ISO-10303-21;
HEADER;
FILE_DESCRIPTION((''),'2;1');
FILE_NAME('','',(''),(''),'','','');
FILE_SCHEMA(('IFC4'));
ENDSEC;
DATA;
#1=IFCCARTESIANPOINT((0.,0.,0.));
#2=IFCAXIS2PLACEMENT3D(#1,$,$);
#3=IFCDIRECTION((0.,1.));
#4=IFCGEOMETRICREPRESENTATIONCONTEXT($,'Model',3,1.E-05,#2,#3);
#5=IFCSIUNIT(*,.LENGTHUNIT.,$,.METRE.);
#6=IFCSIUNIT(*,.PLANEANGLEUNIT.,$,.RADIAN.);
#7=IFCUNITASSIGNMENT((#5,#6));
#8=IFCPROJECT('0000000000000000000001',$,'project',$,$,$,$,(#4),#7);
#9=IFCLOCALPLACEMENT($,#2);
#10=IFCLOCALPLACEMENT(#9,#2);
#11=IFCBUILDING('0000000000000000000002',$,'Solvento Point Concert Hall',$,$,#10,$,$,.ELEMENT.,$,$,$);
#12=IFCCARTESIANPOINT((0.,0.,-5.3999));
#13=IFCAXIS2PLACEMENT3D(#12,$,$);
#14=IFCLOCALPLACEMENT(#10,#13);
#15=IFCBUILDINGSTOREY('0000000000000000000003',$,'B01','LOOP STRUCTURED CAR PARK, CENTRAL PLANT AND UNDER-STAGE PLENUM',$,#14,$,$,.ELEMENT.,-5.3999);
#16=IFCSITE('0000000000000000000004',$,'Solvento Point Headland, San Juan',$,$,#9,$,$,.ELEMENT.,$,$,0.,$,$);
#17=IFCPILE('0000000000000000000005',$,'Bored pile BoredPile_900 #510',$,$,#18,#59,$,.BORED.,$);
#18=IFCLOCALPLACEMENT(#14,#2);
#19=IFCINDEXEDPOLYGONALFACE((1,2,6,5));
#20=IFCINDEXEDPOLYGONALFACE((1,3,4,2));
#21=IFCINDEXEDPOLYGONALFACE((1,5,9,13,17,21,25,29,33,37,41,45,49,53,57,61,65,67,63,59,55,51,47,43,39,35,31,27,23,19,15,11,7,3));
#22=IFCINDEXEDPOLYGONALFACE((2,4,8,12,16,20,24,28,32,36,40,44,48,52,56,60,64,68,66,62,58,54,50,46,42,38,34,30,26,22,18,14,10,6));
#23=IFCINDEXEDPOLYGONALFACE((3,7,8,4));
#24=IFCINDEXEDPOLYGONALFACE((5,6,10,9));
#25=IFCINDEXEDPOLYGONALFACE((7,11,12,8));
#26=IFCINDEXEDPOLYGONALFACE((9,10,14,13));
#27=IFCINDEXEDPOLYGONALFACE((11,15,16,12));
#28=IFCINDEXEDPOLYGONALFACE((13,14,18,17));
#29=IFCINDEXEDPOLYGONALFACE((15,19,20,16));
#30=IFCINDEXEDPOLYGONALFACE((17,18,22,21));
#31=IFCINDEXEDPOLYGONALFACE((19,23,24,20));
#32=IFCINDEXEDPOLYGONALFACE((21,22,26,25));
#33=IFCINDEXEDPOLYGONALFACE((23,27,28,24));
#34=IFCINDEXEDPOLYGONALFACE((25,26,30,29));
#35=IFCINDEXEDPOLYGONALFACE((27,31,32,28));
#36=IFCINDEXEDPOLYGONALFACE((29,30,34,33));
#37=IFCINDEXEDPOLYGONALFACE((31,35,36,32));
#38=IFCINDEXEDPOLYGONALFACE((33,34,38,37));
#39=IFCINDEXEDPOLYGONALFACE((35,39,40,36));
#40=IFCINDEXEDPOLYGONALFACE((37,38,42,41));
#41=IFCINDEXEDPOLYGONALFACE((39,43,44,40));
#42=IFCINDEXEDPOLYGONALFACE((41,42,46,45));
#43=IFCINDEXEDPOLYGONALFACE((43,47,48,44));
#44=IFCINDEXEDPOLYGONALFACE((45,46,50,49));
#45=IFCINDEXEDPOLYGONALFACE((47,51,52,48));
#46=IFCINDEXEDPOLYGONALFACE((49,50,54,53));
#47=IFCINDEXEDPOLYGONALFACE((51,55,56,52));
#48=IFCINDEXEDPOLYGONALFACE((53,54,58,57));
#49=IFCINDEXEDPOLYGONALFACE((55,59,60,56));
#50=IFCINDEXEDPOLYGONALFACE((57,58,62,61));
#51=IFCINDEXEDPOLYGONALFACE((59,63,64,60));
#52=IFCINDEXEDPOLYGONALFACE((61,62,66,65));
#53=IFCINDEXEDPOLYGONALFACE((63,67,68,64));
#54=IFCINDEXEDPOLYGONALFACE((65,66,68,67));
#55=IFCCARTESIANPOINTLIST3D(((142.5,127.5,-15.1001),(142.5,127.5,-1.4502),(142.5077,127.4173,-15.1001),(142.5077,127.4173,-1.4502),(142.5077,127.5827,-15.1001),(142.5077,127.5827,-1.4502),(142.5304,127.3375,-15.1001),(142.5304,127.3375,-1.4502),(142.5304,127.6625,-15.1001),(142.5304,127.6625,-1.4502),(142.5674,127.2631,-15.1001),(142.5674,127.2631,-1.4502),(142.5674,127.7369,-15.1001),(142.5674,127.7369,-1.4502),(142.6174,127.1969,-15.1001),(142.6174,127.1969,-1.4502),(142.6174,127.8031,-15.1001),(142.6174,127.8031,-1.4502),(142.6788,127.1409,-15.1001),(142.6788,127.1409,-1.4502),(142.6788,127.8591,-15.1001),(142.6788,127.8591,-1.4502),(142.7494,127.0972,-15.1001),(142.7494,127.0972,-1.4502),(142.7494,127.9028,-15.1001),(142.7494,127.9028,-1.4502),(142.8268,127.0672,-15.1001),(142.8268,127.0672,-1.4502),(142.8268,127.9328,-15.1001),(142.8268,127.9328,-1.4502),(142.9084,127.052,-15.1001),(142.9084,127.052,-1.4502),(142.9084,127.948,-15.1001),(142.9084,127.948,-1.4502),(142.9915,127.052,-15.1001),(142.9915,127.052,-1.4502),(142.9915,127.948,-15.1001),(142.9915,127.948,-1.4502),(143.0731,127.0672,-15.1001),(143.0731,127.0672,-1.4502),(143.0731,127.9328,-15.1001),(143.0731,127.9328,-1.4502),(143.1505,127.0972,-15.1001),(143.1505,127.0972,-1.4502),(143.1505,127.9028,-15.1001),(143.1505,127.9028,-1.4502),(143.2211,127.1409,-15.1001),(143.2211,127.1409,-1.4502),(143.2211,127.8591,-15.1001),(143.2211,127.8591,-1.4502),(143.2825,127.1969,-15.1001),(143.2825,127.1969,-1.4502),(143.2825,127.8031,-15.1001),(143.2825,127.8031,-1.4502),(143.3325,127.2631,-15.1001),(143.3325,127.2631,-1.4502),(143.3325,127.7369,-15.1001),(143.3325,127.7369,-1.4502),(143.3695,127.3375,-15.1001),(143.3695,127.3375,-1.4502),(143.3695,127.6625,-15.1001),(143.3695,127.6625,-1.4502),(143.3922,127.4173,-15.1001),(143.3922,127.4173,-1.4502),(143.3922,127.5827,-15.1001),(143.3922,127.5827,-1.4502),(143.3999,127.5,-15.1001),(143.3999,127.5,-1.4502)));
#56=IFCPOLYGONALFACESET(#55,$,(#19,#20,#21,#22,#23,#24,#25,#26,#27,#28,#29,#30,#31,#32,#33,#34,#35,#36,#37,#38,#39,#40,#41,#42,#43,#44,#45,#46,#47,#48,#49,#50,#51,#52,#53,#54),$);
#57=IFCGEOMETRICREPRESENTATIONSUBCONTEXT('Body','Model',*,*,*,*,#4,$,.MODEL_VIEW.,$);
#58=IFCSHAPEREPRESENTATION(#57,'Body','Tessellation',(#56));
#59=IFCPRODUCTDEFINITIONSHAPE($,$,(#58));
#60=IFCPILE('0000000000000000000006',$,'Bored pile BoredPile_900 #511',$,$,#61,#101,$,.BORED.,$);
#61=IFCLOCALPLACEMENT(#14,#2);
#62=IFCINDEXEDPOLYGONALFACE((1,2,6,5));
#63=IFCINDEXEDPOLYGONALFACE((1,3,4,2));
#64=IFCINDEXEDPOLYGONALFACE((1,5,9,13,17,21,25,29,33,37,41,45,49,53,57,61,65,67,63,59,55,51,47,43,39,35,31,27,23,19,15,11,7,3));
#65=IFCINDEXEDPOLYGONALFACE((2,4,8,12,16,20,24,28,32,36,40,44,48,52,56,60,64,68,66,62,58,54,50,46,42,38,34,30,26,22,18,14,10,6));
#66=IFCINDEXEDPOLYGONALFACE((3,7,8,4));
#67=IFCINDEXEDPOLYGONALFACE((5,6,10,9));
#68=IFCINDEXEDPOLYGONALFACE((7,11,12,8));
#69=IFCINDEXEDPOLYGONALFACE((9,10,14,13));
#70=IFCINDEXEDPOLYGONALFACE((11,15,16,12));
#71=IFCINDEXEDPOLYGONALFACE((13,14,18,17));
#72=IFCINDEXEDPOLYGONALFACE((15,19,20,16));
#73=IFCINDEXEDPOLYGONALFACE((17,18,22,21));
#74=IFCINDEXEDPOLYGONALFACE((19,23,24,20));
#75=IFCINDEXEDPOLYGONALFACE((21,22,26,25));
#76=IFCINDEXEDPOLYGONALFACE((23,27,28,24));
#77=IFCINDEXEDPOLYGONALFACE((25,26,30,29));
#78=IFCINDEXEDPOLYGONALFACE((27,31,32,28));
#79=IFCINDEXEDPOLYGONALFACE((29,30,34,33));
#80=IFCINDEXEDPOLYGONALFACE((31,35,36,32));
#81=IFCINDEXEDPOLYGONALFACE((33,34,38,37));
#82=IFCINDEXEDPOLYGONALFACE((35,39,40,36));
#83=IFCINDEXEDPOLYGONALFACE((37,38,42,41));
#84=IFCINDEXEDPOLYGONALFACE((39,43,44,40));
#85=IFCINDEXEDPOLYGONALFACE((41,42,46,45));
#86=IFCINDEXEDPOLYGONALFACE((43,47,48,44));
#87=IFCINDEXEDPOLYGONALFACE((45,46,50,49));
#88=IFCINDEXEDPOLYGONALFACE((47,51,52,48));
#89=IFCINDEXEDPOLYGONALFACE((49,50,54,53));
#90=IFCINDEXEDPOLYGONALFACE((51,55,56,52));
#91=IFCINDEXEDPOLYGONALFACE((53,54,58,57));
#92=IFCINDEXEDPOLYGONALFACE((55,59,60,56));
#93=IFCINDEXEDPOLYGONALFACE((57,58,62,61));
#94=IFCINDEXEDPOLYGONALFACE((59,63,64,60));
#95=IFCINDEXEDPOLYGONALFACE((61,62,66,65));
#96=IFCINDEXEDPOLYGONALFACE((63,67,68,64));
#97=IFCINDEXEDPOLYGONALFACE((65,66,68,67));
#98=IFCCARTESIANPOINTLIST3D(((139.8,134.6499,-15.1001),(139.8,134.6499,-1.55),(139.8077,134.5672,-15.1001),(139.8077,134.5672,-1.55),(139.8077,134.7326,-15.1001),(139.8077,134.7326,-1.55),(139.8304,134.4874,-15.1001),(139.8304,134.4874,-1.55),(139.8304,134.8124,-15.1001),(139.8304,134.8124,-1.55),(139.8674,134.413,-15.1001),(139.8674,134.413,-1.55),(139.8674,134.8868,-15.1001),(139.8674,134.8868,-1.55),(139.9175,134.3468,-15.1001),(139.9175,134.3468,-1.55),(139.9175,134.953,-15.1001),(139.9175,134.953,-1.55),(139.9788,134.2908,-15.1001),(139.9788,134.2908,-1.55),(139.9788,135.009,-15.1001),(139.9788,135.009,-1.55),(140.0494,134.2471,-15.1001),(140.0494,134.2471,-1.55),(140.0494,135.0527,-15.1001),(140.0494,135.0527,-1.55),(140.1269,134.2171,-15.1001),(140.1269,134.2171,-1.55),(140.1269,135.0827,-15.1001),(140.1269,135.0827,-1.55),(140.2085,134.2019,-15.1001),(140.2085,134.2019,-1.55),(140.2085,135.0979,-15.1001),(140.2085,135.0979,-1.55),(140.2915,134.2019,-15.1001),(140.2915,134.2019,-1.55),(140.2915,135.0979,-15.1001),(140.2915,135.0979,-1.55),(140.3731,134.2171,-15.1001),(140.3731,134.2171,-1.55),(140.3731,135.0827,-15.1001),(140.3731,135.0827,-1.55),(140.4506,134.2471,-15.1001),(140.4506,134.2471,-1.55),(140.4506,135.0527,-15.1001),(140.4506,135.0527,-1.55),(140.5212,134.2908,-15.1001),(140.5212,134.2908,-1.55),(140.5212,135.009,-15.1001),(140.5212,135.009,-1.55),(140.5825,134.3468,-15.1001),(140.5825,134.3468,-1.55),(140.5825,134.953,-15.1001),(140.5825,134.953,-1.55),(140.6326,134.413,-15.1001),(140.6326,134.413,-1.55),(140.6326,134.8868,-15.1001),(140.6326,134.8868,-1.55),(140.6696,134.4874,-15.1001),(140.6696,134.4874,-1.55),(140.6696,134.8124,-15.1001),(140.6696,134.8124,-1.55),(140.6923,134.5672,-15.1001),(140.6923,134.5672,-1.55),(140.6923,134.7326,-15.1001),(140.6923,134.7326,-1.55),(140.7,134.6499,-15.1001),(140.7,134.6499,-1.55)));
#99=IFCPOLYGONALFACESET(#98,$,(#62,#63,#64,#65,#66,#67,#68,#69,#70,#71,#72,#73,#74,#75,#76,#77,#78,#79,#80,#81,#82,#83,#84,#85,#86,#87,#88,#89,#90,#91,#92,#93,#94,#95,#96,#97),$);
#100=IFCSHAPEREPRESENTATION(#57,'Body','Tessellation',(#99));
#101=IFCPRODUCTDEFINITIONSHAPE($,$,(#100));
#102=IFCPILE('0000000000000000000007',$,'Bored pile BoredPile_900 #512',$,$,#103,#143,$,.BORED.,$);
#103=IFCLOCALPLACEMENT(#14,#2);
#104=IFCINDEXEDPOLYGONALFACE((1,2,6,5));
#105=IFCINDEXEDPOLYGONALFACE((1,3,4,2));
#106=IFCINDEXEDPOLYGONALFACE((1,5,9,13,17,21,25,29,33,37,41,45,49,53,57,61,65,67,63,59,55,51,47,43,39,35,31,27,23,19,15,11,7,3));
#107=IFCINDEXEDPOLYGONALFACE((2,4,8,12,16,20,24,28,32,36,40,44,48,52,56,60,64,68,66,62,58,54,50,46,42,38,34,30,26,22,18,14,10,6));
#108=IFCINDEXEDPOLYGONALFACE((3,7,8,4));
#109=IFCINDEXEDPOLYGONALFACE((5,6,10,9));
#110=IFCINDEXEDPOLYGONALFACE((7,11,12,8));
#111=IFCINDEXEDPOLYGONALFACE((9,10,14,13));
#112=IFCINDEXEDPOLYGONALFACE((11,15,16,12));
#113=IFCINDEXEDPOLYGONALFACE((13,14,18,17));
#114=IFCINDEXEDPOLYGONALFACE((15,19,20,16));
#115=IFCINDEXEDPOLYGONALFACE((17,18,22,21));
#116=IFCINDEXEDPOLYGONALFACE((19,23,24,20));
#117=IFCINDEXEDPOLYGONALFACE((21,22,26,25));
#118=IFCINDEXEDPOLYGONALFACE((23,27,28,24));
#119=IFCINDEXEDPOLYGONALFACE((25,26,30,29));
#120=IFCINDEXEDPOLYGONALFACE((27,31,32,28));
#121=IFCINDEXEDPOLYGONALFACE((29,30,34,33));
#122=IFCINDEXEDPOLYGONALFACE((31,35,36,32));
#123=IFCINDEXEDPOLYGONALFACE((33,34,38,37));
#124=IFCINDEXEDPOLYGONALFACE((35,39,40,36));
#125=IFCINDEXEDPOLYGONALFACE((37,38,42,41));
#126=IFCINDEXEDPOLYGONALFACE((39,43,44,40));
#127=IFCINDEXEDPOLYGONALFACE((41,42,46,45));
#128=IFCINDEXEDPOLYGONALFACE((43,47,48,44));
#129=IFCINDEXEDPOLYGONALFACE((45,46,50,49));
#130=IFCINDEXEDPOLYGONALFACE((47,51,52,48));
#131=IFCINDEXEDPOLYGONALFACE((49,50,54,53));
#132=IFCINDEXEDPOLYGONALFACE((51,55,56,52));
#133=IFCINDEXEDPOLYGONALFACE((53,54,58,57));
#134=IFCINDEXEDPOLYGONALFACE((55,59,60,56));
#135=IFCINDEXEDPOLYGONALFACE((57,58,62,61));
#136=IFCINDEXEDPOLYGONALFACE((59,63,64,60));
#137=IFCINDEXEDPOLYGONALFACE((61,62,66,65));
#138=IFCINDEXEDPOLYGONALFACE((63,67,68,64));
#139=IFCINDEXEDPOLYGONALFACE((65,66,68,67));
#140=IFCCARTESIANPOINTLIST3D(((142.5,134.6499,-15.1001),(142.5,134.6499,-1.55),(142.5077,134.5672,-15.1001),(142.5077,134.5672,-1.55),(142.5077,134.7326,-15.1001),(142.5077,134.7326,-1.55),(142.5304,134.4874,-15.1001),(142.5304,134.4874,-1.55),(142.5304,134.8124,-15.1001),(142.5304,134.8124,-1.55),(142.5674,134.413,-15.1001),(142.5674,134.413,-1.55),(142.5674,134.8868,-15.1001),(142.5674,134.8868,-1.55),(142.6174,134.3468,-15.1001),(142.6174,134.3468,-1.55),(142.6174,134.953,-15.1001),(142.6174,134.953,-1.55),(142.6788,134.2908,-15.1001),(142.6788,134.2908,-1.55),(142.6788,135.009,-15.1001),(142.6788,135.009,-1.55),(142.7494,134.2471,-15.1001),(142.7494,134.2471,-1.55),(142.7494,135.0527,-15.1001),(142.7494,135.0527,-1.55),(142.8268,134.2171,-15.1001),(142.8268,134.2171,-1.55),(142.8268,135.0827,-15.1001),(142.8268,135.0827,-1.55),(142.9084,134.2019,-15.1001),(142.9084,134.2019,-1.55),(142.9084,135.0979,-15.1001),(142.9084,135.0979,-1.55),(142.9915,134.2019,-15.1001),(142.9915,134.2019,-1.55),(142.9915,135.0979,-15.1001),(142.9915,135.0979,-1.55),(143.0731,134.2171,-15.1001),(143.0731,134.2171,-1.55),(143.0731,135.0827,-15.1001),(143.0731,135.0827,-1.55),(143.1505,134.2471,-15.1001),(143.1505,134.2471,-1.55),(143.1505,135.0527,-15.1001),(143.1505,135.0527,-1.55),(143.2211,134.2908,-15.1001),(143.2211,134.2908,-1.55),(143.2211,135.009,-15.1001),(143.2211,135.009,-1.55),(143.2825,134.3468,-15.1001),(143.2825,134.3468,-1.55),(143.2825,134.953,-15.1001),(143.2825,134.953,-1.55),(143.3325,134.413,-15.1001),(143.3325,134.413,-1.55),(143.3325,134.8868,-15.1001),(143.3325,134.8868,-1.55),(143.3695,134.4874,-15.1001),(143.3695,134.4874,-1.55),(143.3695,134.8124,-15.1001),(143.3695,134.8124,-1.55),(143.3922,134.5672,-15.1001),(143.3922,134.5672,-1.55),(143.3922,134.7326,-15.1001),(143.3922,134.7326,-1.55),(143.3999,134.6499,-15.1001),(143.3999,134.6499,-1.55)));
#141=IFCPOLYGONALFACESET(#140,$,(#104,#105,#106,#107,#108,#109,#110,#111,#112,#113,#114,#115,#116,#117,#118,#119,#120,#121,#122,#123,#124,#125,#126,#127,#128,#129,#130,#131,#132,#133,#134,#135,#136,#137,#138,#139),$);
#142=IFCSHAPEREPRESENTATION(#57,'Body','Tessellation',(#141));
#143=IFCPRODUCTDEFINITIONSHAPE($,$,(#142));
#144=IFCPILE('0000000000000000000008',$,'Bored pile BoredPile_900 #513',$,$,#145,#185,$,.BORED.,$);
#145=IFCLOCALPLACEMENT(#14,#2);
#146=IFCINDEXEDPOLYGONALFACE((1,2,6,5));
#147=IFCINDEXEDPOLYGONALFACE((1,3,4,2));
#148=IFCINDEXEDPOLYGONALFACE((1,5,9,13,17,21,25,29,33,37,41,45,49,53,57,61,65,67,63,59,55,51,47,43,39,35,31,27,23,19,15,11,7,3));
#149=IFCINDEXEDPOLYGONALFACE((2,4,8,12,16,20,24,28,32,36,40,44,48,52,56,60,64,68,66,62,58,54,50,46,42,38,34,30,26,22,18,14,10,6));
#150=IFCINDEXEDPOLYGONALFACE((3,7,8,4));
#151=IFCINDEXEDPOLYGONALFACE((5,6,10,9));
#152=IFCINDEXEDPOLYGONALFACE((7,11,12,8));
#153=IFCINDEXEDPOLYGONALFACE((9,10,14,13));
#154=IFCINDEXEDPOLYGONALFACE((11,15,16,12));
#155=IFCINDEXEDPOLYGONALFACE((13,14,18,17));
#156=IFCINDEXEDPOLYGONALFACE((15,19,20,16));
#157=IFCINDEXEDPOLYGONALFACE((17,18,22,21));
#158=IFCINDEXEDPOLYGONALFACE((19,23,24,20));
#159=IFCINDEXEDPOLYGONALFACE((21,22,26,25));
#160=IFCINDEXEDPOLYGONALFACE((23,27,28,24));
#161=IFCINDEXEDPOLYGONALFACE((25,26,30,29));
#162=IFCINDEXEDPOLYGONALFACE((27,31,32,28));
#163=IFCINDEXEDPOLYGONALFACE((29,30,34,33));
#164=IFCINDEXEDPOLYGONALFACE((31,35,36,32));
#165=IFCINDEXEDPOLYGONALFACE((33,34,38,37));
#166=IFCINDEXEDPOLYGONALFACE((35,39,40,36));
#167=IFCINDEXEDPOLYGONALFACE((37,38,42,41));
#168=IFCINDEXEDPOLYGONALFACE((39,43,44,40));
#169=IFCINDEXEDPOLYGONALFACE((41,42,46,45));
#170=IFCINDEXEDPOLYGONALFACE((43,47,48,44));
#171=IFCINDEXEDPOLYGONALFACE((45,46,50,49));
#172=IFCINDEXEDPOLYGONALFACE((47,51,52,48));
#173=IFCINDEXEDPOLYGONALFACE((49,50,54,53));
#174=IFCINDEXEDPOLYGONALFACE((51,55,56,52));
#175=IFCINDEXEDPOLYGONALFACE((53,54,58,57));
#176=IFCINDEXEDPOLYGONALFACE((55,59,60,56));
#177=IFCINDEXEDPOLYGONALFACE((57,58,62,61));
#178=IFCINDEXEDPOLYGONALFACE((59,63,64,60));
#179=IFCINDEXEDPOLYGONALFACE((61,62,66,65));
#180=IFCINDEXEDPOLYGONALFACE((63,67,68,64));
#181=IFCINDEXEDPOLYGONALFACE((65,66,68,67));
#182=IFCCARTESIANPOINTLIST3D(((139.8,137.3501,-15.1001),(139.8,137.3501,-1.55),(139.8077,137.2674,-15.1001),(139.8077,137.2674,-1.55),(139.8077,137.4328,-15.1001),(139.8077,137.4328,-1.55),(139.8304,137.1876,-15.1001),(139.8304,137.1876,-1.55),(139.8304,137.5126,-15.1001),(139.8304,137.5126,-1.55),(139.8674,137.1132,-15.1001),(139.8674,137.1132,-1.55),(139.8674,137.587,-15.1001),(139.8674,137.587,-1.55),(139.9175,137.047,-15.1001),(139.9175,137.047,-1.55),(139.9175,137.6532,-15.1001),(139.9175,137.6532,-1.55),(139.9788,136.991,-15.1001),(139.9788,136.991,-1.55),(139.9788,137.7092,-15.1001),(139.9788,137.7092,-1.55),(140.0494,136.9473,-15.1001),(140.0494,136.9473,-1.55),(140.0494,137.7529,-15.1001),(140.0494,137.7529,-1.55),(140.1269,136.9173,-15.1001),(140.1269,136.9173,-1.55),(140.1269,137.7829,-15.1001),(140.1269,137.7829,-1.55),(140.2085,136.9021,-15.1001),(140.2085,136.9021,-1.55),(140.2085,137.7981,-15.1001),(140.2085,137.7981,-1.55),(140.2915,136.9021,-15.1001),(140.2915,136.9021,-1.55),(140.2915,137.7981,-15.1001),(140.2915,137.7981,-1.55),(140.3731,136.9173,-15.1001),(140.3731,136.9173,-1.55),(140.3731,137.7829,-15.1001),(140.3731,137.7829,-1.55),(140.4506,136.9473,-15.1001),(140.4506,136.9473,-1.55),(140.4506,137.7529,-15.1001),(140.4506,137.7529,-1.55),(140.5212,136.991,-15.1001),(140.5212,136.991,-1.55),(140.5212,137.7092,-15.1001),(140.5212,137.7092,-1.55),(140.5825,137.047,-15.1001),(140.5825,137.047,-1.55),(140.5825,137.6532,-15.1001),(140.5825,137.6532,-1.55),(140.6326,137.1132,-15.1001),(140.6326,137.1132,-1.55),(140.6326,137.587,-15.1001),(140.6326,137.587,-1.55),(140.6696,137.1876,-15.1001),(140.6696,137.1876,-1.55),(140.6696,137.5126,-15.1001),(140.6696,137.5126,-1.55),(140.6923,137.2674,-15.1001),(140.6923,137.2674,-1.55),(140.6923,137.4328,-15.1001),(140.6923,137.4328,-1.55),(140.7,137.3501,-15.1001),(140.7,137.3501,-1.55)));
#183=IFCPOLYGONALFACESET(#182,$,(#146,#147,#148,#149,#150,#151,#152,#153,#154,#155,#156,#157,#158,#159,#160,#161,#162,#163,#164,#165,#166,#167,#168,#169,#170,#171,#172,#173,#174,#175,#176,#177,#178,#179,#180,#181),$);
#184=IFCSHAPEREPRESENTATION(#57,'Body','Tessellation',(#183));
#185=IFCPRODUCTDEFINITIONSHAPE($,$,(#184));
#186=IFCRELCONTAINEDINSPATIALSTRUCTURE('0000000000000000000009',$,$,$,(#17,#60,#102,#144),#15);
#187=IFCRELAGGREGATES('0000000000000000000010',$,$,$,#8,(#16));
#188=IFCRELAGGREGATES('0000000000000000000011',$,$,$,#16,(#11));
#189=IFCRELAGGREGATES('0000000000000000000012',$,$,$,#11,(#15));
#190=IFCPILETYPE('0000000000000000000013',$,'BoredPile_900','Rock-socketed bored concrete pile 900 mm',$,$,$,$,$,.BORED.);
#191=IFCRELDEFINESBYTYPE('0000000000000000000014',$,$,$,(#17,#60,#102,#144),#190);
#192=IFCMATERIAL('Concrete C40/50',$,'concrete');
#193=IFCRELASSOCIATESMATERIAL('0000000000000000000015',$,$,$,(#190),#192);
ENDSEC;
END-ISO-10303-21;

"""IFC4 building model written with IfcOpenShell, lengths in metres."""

from ifc_helpers import new_model, si_unit, direction, frame, origin, origin_2d, place, context, subcontext, project, spatial, circle, extrude, material, material_profile, profile_set, type_object, element, save


model = new_model("IFC4")

# Units and contexts
model_context = context("Model", 3, precision=1e-05, world=origin(), true_north=direction((0.0, 1.0)))
body_context = subcontext(model_context, "Body", "Model", "MODEL_VIEW")
ifc_project = project(units=[si_unit("LENGTHUNIT", "METRE"), si_unit("PLANEANGLEUNIT", "RADIAN")], contexts=[model_context])

# Site, building, storey
site_placement = place(None, origin())
site = spatial("IfcSite", under=ifc_project, at=site_placement, Name="Solvento Point Headland, San Juan", CompositionType="ELEMENT", RefElevation=0.0)
building_placement = place(site_placement, origin())
building = spatial("IfcBuilding", under=site, at=building_placement, Name="Solvento Point Concert Hall", CompositionType="ELEMENT")
storey_placement = place(building_placement, frame((0.0, 0.0, -5.3999)))
storey = spatial("IfcBuildingStorey", under=building, at=storey_placement, Name="B01", Description="LOOP STRUCTURED CAR PARK, CENTRAL PLANT AND UNDER-STAGE PLENUM", CompositionType="ELEMENT", Elevation=-5.3999)

# Piles
ifc_material_1 = material(Name="Concrete C40/50", Category="concrete")
ifc_material_profile_1 = material_profile(ifc_material_1, circle(Radius=0.45, at=origin_2d()), Name="BP-900")
ifc_profile_set_1 = profile_set([ifc_material_profile_1], Name="Concrete C40/50")
pile_type_1 = type_object("IfcPileType", Name="BoredPile_900", Description="Rock-socketed bored concrete pile 900 mm", PredefinedType="BORED", material=ifc_profile_set_1)
for number, where, z_axis, x_axis, name in (
    (1, (142.95, 127.5, -1.4502), (0.0, 0.0, -1.0), (1.0, 0.0, 0.0), "Bored pile BoredPile_900 #510"),
):
    element("IfcPile", number, at=place(storey_placement, frame(where, z_axis=z_axis, x_axis=x_axis)), inside=storey, type_object=pile_type_1, Name=name, PredefinedType="BORED", context=body_context, shape_type="SweptSolid", body=[
        extrude(circle(Radius=0.45, at=origin_2d()), origin(), (0.0, 0.0, 1.0), 13.6499),
    ])
for number, where, z_axis, x_axis, name in (
    (2, (140.25, 134.6499, -1.55), (0.0, 0.0, -1.0), (1.0, 0.0, 0.0), "Bored pile BoredPile_900 #511"),
    (3, (142.95, 134.6499, -1.55), (0.0, 0.0, -1.0), (1.0, 0.0, 0.0), "Bored pile BoredPile_900 #512"),
    (4, (140.25, 137.3501, -1.55), (0.0, 0.0, -1.0), (1.0, 0.0, 0.0), "Bored pile BoredPile_900 #513"),
):
    element("IfcPile", number, at=place(storey_placement, frame(where, z_axis=z_axis, x_axis=x_axis)), inside=storey, type_object=pile_type_1, Name=name, PredefinedType="BORED", context=body_context, shape_type="SweptSolid", body=[
        extrude(circle(Radius=0.45, at=origin_2d()), origin(), (0.0, 0.0, 1.0), 13.55),
    ])

save(model, "model.ifc")
